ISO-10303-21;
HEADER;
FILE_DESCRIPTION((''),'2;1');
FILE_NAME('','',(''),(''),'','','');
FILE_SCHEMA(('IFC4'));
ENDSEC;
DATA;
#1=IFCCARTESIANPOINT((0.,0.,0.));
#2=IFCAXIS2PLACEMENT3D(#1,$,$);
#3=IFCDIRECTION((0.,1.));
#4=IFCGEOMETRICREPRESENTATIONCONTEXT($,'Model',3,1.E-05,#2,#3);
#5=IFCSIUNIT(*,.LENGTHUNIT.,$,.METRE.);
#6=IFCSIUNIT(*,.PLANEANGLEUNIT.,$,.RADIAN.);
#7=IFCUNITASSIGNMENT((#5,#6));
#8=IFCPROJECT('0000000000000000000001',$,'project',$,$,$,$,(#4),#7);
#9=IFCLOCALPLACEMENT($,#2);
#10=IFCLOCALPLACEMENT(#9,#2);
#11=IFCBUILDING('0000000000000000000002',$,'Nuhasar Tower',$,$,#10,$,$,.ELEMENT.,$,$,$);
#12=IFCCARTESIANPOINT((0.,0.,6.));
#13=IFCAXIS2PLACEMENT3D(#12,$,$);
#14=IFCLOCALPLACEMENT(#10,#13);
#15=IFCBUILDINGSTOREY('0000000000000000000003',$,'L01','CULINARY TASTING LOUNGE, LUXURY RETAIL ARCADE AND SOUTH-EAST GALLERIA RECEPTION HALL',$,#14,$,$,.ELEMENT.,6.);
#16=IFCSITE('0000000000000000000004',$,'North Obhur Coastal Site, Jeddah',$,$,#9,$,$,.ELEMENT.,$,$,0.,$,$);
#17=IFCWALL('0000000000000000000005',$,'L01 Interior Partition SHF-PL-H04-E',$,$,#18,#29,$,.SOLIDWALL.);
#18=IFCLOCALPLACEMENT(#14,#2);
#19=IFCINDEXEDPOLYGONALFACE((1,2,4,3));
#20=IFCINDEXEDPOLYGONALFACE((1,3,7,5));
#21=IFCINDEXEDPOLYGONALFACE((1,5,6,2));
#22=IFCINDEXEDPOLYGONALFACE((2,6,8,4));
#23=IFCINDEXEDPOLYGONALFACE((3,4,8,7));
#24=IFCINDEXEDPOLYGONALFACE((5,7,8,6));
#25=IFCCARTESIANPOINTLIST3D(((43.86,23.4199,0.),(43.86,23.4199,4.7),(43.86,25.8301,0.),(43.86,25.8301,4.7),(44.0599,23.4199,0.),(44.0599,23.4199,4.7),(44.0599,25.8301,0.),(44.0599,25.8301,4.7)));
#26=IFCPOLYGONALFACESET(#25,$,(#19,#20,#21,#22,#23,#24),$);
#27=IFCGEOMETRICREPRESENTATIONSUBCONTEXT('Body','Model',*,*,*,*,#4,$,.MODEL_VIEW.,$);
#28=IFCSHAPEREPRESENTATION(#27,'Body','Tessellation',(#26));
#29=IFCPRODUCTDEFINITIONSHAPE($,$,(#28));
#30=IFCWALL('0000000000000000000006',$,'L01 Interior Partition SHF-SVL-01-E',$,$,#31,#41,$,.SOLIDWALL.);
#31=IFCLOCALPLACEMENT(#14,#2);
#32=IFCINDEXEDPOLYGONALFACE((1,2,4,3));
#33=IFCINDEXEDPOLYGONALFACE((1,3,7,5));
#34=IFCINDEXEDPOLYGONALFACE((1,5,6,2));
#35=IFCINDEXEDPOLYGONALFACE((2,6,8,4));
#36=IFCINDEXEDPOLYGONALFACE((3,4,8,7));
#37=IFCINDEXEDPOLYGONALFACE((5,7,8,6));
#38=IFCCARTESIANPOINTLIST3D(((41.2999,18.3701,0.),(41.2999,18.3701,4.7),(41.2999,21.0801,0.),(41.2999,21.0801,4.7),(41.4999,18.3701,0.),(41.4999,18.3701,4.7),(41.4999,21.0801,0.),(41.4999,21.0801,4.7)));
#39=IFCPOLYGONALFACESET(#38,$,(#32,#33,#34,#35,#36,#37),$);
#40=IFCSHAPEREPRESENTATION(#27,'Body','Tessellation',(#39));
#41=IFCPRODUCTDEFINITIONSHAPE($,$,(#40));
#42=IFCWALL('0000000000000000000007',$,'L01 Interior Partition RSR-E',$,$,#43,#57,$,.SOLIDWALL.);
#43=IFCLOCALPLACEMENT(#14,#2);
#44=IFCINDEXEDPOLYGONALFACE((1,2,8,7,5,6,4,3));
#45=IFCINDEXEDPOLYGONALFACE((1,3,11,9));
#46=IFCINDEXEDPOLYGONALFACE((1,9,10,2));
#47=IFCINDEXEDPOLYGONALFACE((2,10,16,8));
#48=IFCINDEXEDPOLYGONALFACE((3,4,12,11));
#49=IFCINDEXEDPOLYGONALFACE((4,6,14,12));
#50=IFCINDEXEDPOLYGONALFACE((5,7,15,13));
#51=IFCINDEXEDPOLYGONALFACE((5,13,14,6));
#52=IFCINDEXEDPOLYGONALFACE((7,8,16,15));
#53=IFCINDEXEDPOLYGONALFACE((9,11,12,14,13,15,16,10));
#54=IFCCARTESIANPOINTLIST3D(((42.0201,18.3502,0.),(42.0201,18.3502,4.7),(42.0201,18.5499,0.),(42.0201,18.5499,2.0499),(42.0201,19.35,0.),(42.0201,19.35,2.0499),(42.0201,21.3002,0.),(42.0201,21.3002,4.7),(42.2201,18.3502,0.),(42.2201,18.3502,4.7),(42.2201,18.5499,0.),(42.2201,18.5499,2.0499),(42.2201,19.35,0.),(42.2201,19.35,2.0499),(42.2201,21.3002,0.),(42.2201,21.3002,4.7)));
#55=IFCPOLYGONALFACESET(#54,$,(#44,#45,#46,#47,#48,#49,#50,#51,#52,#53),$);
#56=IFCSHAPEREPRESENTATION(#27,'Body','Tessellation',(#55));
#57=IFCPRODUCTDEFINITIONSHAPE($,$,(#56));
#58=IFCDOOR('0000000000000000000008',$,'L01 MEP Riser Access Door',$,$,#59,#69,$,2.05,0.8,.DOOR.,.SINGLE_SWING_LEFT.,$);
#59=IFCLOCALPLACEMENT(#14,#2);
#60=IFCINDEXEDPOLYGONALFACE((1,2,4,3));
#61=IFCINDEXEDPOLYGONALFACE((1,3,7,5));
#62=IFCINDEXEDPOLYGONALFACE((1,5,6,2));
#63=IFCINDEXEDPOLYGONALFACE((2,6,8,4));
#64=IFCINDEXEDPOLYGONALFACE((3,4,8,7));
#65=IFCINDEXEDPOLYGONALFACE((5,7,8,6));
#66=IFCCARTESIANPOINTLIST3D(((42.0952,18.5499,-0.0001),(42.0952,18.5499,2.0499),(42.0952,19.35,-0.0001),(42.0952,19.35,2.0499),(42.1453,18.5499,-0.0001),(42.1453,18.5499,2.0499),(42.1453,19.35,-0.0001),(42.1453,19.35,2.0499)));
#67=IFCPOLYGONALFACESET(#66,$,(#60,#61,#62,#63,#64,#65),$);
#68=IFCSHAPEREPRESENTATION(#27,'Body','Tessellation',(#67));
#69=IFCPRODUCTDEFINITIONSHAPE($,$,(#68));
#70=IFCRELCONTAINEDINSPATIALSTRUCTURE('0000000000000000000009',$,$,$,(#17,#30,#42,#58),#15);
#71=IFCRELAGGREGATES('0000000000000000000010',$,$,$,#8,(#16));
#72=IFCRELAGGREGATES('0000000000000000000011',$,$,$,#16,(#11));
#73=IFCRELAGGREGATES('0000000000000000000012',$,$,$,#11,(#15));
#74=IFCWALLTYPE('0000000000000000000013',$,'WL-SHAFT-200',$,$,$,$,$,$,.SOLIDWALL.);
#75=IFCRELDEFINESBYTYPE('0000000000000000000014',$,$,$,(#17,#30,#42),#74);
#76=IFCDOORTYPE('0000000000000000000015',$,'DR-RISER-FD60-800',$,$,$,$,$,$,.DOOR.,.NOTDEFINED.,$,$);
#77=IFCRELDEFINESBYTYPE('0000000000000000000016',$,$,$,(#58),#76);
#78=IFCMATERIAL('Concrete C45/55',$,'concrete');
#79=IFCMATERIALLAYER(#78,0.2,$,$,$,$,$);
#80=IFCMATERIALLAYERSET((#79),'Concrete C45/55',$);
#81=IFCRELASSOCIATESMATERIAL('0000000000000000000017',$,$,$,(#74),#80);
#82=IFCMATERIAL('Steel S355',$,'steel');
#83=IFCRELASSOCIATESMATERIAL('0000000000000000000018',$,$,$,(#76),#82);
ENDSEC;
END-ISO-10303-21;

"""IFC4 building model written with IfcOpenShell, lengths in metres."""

from ifc_helpers import new_model, si_unit, direction, frame, frame_2d, origin, place, context, subcontext, project, spatial, rectangle, extrude, material, layer, layer_set, type_object, element, fill, save


model = new_model("IFC4")

# Units and contexts
model_context = context("Model", 3, precision=1e-05, world=origin(), true_north=direction((0.0, 1.0)))
body_context = subcontext(model_context, "Body", "Model", "MODEL_VIEW")
ifc_project = project(units=[si_unit("LENGTHUNIT", "METRE"), si_unit("PLANEANGLEUNIT", "RADIAN")], contexts=[model_context])

# Site, building, storey
site_placement = place(None, origin())
site = spatial("IfcSite", under=ifc_project, at=site_placement, Name="North Obhur Coastal Site, Jeddah", CompositionType="ELEMENT", RefElevation=0.0)
building_placement = place(site_placement, origin())
building = spatial("IfcBuilding", under=site, at=building_placement, Name="Nuhasar Tower", CompositionType="ELEMENT")
storey_placement = place(building_placement, frame((0.0, 0.0, 6.0)))
storey = spatial("IfcBuildingStorey", under=building, at=storey_placement, Name="L01", Description="CULINARY TASTING LOUNGE, LUXURY RETAIL ARCADE AND SOUTH-EAST GALLERIA RECEPTION HALL", CompositionType="ELEMENT", Elevation=6.0)

# Shared definitions
ifc_material_1 = material(Name="Steel S355", Category="steel")

# Shared definitions
ifc_material_2 = material(Name="Concrete C45/55", Category="concrete")

# Walls
ifc_layer_1 = layer(ifc_material_2, 0.2)
ifc_layer_set_1 = layer_set([ifc_layer_1], Name="Concrete C45/55")
wall_type_1 = type_object("IfcWallType", Name="WL-SHAFT-200", PredefinedType="SOLIDWALL", material=ifc_layer_set_1)
wall_1_placement = place(storey_placement, frame((43.96, 23.4199, 0.0), z_axis=(0.0, 0.0, 1.0), x_axis=(0.0, 1.0, 0.0)))
element("IfcWall", 1, at=wall_1_placement, inside=storey, type_object=wall_type_1, Name="L01 Interior Partition SHF-PL-H04-E", PredefinedType="SOLIDWALL", context=body_context, shape_type="SweptSolid", body=[
    extrude(rectangle(XDim=2.4102, YDim=0.2, at=frame_2d((1.2051, 0.0))), origin(), (0.0, 0.0, 1.0), 4.7),
])
wall_2_placement = place(storey_placement, frame((41.3999, 18.3701, 0.0), z_axis=(0.0, 0.0, 1.0), x_axis=(0.0, 1.0, 0.0)))
element("IfcWall", 2, at=wall_2_placement, inside=storey, type_object=wall_type_1, Name="L01 Interior Partition SHF-SVL-01-E", PredefinedType="SOLIDWALL", context=body_context, shape_type="SweptSolid", body=[
    extrude(rectangle(XDim=2.71, YDim=0.2, at=frame_2d((1.355, 0.0))), origin(), (0.0, 0.0, 1.0), 4.7),
])

# Wall, opening, door
wall_3_placement = place(storey_placement, frame((42.1201, 18.3501, 0.0), z_axis=(0.0, 0.0, 1.0), x_axis=(0.0, 1.0, 0.0)))
wall_3 = element("IfcWall", 3, at=wall_3_placement, inside=storey, type_object=wall_type_1, Name="L01 Interior Partition RSR-E", PredefinedType="SOLIDWALL", context=body_context, shape_type="SweptSolid", body=[
    extrude(rectangle(XDim=2.95, YDim=0.2, at=frame_2d((1.4751, 0.0))), origin(), (0.0, 0.0, 1.0), 4.7),
])
opening_1_placement = place(wall_3_placement, frame((0.2, 0.0, 0.0)))
opening_1 = element("IfcOpeningElement", 4, at=opening_1_placement, cuts=wall_3, PredefinedType="OPENING", context=body_context, shape_type="SweptSolid", body=[
    extrude(rectangle(XDim=0.8, YDim=2.05, at=frame_2d((0.3999, 1.0249))), frame((0.0, 0.1099, 0.0), z_axis=(0.0, -1.0, 0.0), x_axis=(1.0, 0.0, 0.0)), (0.0, 0.0, 1.0), 0.22),
])
door_type_1 = type_object("IfcDoorType", Name="DR-RISER-FD60-800", OperationType="NOTDEFINED", PredefinedType="DOOR", material=ifc_material_1)
door_1_placement = place(opening_1_placement, origin())
door_1 = element("IfcDoor", 5, at=door_1_placement, inside=storey, type_object=door_type_1, Name="L01 MEP Riser Access Door", OperationType="SINGLE_SWING_LEFT", OverallHeight=2.05, OverallWidth=0.8, PredefinedType="DOOR", context=body_context, shape_type="SweptSolid", body=[
    extrude(rectangle(XDim=0.8, YDim=2.05, at=frame_2d((0.3999, 1.0249))), frame((0.0, 0.0249, 0.0), z_axis=(0.0, -1.0, 0.0), x_axis=(1.0, 0.0, 0.0)), (0.0, 0.0, 1.0), 0.05),
])
fill(opening_1, door_1)

save(model, "model.ifc")
